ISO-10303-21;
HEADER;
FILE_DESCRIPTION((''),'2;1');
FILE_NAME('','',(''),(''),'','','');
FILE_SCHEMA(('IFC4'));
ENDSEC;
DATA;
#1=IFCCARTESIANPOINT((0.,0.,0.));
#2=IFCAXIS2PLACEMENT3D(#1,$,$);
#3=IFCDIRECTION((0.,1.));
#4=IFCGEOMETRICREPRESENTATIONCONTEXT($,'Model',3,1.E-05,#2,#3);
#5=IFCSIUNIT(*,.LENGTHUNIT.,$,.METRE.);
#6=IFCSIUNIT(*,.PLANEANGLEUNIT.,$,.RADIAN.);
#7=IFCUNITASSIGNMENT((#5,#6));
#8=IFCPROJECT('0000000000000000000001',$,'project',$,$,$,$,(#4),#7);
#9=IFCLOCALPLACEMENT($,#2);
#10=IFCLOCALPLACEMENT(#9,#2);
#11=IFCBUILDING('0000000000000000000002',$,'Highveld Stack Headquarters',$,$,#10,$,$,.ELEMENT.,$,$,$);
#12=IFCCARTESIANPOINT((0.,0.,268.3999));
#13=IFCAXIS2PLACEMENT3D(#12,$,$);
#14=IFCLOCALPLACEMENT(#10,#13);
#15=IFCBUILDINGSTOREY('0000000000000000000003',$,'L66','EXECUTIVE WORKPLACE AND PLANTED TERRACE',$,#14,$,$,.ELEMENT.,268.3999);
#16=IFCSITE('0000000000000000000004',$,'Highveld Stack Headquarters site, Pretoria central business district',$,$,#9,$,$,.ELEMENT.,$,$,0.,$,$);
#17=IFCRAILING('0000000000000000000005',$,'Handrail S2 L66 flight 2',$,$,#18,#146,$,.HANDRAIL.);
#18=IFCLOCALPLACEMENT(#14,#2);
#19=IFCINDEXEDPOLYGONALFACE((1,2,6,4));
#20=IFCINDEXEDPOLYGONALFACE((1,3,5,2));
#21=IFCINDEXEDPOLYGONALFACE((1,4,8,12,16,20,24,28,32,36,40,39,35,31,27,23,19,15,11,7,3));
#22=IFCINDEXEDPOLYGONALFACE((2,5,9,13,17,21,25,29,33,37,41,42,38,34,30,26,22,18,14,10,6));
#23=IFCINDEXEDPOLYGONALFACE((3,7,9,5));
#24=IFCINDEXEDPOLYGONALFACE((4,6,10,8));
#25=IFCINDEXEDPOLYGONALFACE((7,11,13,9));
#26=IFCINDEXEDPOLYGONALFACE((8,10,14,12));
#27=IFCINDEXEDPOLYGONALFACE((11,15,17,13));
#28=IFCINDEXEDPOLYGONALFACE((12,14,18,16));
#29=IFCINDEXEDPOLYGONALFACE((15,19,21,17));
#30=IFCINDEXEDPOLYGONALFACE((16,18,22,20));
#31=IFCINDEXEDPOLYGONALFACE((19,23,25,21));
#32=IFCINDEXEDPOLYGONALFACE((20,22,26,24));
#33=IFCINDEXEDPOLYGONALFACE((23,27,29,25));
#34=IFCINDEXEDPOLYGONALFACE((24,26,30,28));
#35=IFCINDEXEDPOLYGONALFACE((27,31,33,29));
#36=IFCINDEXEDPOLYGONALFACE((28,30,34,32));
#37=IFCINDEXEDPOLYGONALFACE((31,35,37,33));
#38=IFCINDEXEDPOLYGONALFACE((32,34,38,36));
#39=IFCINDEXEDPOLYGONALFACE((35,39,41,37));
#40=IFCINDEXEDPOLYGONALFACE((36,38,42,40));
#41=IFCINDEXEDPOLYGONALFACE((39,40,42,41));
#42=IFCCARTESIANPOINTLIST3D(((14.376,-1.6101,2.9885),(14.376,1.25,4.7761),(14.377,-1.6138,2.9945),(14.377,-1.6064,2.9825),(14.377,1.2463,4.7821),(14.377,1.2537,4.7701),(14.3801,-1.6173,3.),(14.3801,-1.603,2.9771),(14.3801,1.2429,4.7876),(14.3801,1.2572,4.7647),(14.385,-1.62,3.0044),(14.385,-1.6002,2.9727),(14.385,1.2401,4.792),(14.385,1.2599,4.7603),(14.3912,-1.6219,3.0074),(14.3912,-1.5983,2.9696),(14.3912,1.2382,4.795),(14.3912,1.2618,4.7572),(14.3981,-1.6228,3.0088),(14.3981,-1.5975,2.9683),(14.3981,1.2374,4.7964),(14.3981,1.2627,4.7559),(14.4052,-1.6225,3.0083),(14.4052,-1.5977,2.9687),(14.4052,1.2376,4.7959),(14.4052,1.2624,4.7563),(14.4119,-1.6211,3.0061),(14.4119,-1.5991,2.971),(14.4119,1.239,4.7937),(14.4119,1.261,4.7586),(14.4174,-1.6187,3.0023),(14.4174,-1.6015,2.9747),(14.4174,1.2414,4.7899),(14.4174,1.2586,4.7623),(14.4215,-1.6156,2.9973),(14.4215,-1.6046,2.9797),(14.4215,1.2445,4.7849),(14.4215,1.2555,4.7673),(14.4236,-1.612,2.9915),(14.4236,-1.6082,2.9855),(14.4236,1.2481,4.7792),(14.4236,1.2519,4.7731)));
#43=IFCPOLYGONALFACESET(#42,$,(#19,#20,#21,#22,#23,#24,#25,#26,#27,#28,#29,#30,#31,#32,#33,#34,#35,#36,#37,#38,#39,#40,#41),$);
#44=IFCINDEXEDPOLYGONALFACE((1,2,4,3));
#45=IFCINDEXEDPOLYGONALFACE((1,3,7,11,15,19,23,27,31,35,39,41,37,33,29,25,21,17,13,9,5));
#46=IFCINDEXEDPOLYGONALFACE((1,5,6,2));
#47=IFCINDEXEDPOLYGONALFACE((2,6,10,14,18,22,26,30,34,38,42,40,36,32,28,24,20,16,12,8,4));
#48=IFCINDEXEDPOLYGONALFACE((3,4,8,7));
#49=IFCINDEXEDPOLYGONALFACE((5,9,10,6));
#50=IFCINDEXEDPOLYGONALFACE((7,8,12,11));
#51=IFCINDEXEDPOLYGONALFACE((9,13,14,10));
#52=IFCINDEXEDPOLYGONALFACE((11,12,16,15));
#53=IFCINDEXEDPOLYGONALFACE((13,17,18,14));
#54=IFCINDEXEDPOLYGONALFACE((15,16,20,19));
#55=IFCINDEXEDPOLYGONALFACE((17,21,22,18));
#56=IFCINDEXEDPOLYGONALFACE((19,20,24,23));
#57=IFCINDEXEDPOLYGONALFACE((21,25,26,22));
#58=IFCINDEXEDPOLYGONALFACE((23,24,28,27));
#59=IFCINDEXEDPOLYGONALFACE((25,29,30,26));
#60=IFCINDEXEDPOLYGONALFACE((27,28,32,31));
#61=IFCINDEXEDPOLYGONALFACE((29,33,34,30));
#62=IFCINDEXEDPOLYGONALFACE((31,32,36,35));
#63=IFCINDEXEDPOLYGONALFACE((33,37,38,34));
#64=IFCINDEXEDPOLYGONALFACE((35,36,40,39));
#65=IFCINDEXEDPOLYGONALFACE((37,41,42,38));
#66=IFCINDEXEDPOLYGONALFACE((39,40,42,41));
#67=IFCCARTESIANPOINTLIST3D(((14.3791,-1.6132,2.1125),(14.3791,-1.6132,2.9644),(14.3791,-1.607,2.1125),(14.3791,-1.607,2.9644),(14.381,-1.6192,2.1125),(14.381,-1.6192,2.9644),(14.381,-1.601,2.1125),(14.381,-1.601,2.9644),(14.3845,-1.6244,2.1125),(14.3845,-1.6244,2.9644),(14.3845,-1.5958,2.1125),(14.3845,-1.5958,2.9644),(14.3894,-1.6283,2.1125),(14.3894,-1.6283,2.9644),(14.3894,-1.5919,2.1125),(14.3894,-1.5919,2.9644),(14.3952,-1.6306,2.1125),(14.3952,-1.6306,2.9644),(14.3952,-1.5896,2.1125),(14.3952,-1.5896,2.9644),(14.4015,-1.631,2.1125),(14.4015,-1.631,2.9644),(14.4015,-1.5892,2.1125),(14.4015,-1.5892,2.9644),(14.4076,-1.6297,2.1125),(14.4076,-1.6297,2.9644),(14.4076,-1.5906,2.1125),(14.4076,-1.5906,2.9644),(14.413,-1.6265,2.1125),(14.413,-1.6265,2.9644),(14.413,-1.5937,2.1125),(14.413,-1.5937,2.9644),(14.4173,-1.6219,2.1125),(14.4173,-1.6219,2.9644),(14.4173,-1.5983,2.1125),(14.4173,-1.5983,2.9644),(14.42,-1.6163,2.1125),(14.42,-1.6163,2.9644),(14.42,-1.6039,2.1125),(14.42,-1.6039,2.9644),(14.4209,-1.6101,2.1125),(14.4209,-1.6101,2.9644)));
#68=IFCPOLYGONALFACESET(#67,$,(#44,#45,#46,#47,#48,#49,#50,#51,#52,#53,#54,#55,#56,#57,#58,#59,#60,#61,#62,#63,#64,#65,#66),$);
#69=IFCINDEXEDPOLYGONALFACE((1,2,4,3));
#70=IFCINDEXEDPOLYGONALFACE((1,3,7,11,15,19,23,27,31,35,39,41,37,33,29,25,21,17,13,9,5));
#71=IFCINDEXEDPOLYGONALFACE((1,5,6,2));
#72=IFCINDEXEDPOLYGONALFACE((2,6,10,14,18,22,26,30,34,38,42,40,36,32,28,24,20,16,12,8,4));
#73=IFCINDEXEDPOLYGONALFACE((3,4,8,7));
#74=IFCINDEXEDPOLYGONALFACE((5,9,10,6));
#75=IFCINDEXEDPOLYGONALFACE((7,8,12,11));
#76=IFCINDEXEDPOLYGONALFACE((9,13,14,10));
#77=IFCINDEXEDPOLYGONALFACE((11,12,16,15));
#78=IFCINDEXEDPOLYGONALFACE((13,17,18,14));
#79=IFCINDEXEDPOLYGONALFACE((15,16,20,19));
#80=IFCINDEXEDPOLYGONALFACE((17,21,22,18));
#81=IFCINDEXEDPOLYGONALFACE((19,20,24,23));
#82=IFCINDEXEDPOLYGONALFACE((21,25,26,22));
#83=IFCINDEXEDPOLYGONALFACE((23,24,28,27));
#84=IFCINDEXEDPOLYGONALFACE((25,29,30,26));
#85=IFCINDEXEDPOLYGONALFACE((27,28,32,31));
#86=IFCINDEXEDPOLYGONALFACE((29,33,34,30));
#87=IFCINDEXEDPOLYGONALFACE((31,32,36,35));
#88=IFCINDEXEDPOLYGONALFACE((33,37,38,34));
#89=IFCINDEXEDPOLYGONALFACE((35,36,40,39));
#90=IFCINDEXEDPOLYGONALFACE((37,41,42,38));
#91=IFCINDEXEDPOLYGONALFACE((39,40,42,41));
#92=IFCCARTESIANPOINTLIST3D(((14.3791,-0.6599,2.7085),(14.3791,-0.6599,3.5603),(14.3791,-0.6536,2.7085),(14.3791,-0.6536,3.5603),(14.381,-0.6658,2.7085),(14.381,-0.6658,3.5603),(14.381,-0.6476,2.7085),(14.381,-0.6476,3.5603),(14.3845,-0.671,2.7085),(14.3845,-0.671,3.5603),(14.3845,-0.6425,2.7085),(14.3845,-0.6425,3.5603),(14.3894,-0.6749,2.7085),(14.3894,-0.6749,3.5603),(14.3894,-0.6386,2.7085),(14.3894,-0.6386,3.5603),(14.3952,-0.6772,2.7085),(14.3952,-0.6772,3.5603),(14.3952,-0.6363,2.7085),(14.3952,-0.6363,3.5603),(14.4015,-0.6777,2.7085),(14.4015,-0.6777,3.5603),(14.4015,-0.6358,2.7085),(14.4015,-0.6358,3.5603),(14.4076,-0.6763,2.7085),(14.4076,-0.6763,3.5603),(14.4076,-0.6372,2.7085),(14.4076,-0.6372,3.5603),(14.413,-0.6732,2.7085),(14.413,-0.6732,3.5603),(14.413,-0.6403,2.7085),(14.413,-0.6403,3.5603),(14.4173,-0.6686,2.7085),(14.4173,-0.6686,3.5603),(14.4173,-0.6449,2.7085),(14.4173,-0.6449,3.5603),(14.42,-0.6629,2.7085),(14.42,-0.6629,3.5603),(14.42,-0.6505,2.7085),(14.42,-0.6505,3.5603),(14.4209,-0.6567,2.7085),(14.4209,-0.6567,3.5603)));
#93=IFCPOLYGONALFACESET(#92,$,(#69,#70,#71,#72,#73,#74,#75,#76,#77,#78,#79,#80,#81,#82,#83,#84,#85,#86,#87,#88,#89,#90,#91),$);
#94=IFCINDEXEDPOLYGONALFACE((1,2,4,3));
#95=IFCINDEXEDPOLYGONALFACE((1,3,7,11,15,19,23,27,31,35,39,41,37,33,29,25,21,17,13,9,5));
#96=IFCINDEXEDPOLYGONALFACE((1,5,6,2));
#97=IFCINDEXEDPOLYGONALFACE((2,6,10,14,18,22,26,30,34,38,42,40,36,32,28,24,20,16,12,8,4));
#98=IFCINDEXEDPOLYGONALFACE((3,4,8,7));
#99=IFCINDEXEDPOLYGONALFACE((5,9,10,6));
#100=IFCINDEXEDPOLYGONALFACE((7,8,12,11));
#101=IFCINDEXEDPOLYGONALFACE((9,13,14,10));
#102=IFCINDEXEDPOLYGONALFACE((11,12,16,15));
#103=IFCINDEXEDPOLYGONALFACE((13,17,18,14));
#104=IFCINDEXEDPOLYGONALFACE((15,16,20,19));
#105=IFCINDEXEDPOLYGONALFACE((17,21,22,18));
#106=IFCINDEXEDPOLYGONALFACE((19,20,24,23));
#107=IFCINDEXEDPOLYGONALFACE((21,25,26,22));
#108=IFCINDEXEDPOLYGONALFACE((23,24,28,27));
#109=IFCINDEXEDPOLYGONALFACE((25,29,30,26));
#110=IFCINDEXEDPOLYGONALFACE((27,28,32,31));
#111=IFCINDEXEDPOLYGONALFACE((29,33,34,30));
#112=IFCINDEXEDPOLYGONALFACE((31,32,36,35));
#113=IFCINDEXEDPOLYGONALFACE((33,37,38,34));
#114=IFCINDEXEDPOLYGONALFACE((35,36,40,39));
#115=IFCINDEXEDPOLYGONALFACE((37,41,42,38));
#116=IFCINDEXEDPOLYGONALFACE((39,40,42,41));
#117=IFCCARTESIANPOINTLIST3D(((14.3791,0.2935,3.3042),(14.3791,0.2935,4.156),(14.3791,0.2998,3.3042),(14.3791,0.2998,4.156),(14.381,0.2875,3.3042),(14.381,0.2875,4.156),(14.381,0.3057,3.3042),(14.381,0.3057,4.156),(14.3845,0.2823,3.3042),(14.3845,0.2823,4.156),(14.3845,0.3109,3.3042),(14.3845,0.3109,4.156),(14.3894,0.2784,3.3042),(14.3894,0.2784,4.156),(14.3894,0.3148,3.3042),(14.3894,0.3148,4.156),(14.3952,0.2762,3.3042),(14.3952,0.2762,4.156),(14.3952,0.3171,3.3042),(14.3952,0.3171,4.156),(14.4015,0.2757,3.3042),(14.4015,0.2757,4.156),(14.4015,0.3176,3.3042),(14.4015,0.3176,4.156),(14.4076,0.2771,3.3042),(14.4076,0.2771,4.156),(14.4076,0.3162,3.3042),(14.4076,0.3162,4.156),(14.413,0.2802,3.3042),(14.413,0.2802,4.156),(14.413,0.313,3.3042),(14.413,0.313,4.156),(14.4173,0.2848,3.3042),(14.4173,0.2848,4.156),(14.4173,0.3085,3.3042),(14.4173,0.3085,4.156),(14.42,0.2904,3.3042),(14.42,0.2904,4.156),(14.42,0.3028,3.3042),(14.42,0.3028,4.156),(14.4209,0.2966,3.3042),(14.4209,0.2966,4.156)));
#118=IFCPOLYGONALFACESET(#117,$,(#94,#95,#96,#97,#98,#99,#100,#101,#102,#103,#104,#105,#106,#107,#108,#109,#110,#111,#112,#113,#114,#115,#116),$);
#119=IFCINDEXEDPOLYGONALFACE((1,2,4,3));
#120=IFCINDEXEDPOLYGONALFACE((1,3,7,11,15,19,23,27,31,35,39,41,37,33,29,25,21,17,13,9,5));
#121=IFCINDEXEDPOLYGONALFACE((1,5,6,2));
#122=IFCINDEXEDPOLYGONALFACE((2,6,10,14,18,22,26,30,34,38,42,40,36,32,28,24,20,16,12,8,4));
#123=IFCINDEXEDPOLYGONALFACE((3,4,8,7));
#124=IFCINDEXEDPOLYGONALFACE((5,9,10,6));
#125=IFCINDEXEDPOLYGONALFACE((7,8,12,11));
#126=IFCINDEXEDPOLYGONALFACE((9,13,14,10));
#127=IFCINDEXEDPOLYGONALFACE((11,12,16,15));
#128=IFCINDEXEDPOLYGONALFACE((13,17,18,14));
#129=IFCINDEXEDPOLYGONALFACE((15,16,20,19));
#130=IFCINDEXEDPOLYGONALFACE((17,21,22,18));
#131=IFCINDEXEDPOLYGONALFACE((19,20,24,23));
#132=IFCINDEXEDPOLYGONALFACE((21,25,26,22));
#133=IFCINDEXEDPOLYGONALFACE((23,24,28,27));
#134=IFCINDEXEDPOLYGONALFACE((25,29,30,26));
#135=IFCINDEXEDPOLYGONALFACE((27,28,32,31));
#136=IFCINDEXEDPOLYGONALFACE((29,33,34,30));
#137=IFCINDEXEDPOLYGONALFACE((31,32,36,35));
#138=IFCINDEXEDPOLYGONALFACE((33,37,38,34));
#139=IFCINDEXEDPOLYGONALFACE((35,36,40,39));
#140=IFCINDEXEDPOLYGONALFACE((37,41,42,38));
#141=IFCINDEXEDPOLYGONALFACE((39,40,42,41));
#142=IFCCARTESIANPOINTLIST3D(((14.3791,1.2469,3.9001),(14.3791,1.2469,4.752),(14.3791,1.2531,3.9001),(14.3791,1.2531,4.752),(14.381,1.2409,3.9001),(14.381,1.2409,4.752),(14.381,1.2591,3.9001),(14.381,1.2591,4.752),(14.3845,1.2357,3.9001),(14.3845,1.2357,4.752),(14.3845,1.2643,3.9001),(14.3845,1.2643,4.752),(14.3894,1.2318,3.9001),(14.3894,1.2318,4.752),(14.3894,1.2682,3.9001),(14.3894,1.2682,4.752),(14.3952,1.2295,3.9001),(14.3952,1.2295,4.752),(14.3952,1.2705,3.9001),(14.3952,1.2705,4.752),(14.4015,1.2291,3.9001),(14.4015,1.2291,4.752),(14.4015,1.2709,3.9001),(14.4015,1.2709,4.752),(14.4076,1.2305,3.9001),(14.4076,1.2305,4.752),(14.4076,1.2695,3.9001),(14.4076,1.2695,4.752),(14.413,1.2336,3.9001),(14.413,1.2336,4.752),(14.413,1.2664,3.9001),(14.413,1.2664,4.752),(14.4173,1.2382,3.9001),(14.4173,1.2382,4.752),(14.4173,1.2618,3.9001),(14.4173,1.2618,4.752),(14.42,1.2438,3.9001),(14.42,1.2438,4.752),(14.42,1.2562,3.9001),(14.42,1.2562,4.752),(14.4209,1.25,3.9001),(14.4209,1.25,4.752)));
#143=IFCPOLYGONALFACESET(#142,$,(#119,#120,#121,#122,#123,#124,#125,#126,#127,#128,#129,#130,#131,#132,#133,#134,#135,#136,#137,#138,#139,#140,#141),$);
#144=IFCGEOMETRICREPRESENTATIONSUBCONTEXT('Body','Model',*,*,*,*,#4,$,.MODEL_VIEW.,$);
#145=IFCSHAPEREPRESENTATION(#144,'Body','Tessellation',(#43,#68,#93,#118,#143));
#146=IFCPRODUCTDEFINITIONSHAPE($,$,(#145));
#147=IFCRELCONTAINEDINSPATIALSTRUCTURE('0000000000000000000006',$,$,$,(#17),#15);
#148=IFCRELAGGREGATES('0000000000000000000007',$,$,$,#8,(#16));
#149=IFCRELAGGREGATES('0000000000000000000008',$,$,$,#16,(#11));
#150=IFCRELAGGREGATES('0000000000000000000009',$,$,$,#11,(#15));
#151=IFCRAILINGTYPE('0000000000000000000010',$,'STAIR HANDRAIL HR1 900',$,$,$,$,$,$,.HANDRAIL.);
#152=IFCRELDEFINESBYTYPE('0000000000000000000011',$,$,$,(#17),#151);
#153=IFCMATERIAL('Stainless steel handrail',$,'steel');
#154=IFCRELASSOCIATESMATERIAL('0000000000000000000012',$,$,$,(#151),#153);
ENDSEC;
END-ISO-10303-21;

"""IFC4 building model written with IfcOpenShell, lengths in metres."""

from ifc_helpers import new_model, si_unit, direction, frame, origin, origin_2d, place, context, subcontext, project, spatial, circle, extrude, material, type_object, element, save


model = new_model("IFC4")

# Units and contexts
model_context = context("Model", 3, precision=1e-05, world=origin(), true_north=direction((0.0, 1.0)))
body_context = subcontext(model_context, "Body", "Model", "MODEL_VIEW")
ifc_project = project(units=[si_unit("LENGTHUNIT", "METRE"), si_unit("PLANEANGLEUNIT", "RADIAN")], contexts=[model_context])

# Site, building, storey
site_placement = place(None, origin())
site = spatial("IfcSite", under=ifc_project, at=site_placement, Name="Highveld Stack Headquarters site, Pretoria central business district", CompositionType="ELEMENT", RefElevation=0.0)
building_placement = place(site_placement, origin())
building = spatial("IfcBuilding", under=site, at=building_placement, Name="Highveld Stack Headquarters", CompositionType="ELEMENT")
storey_placement = place(building_placement, frame((0.0, 0.0, 268.3999)))
storey = spatial("IfcBuildingStorey", under=building, at=storey_placement, Name="L66", Description="EXECUTIVE WORKPLACE AND PLANTED TERRACE", CompositionType="ELEMENT", Elevation=268.3999)

# Railing
ifc_material_1 = material(Name="Stainless steel handrail", Category="steel")
railing_type = type_object("IfcRailingType", Name="STAIR HANDRAIL HR1 900", PredefinedType="HANDRAIL", material=ifc_material_1)
for number, where, name in (
    (1, (14.3999, -1.6101, 2.1125), "Handrail S2 L66 flight 2"),
):
    element("IfcRailing", number, at=place(storey_placement, frame(where)), inside=storey, type_object=railing_type, Name=name, PredefinedType="HANDRAIL", context=body_context, shape_type="SweptSolid", body=[
        extrude(circle(Radius=0.0239, at=origin_2d()), frame((0.0, 0.0, 0.876), z_axis=(0.0, 0.847994, 0.530005), x_axis=(-1.0, 0.0, 0.0)), (0.0, 0.0, 1.0), 3.3728),
        extrude(circle(Radius=0.021, at=origin_2d()), origin(), (0.0, 0.0, 1.0), 0.8518),
        extrude(circle(Radius=0.021, at=origin_2d()), frame((0.0, 0.9534, 0.5959)), (0.0, 0.0, 1.0), 0.8518),
        extrude(circle(Radius=0.021, at=origin_2d()), frame((0.0, 1.9067, 1.1917)), (0.0, 0.0, 1.0), 0.8518),
        extrude(circle(Radius=0.021, at=origin_2d()), frame((0.0, 2.8601, 1.7876)), (0.0, 0.0, 1.0), 0.8518),
    ])

save(model, "model.ifc")
